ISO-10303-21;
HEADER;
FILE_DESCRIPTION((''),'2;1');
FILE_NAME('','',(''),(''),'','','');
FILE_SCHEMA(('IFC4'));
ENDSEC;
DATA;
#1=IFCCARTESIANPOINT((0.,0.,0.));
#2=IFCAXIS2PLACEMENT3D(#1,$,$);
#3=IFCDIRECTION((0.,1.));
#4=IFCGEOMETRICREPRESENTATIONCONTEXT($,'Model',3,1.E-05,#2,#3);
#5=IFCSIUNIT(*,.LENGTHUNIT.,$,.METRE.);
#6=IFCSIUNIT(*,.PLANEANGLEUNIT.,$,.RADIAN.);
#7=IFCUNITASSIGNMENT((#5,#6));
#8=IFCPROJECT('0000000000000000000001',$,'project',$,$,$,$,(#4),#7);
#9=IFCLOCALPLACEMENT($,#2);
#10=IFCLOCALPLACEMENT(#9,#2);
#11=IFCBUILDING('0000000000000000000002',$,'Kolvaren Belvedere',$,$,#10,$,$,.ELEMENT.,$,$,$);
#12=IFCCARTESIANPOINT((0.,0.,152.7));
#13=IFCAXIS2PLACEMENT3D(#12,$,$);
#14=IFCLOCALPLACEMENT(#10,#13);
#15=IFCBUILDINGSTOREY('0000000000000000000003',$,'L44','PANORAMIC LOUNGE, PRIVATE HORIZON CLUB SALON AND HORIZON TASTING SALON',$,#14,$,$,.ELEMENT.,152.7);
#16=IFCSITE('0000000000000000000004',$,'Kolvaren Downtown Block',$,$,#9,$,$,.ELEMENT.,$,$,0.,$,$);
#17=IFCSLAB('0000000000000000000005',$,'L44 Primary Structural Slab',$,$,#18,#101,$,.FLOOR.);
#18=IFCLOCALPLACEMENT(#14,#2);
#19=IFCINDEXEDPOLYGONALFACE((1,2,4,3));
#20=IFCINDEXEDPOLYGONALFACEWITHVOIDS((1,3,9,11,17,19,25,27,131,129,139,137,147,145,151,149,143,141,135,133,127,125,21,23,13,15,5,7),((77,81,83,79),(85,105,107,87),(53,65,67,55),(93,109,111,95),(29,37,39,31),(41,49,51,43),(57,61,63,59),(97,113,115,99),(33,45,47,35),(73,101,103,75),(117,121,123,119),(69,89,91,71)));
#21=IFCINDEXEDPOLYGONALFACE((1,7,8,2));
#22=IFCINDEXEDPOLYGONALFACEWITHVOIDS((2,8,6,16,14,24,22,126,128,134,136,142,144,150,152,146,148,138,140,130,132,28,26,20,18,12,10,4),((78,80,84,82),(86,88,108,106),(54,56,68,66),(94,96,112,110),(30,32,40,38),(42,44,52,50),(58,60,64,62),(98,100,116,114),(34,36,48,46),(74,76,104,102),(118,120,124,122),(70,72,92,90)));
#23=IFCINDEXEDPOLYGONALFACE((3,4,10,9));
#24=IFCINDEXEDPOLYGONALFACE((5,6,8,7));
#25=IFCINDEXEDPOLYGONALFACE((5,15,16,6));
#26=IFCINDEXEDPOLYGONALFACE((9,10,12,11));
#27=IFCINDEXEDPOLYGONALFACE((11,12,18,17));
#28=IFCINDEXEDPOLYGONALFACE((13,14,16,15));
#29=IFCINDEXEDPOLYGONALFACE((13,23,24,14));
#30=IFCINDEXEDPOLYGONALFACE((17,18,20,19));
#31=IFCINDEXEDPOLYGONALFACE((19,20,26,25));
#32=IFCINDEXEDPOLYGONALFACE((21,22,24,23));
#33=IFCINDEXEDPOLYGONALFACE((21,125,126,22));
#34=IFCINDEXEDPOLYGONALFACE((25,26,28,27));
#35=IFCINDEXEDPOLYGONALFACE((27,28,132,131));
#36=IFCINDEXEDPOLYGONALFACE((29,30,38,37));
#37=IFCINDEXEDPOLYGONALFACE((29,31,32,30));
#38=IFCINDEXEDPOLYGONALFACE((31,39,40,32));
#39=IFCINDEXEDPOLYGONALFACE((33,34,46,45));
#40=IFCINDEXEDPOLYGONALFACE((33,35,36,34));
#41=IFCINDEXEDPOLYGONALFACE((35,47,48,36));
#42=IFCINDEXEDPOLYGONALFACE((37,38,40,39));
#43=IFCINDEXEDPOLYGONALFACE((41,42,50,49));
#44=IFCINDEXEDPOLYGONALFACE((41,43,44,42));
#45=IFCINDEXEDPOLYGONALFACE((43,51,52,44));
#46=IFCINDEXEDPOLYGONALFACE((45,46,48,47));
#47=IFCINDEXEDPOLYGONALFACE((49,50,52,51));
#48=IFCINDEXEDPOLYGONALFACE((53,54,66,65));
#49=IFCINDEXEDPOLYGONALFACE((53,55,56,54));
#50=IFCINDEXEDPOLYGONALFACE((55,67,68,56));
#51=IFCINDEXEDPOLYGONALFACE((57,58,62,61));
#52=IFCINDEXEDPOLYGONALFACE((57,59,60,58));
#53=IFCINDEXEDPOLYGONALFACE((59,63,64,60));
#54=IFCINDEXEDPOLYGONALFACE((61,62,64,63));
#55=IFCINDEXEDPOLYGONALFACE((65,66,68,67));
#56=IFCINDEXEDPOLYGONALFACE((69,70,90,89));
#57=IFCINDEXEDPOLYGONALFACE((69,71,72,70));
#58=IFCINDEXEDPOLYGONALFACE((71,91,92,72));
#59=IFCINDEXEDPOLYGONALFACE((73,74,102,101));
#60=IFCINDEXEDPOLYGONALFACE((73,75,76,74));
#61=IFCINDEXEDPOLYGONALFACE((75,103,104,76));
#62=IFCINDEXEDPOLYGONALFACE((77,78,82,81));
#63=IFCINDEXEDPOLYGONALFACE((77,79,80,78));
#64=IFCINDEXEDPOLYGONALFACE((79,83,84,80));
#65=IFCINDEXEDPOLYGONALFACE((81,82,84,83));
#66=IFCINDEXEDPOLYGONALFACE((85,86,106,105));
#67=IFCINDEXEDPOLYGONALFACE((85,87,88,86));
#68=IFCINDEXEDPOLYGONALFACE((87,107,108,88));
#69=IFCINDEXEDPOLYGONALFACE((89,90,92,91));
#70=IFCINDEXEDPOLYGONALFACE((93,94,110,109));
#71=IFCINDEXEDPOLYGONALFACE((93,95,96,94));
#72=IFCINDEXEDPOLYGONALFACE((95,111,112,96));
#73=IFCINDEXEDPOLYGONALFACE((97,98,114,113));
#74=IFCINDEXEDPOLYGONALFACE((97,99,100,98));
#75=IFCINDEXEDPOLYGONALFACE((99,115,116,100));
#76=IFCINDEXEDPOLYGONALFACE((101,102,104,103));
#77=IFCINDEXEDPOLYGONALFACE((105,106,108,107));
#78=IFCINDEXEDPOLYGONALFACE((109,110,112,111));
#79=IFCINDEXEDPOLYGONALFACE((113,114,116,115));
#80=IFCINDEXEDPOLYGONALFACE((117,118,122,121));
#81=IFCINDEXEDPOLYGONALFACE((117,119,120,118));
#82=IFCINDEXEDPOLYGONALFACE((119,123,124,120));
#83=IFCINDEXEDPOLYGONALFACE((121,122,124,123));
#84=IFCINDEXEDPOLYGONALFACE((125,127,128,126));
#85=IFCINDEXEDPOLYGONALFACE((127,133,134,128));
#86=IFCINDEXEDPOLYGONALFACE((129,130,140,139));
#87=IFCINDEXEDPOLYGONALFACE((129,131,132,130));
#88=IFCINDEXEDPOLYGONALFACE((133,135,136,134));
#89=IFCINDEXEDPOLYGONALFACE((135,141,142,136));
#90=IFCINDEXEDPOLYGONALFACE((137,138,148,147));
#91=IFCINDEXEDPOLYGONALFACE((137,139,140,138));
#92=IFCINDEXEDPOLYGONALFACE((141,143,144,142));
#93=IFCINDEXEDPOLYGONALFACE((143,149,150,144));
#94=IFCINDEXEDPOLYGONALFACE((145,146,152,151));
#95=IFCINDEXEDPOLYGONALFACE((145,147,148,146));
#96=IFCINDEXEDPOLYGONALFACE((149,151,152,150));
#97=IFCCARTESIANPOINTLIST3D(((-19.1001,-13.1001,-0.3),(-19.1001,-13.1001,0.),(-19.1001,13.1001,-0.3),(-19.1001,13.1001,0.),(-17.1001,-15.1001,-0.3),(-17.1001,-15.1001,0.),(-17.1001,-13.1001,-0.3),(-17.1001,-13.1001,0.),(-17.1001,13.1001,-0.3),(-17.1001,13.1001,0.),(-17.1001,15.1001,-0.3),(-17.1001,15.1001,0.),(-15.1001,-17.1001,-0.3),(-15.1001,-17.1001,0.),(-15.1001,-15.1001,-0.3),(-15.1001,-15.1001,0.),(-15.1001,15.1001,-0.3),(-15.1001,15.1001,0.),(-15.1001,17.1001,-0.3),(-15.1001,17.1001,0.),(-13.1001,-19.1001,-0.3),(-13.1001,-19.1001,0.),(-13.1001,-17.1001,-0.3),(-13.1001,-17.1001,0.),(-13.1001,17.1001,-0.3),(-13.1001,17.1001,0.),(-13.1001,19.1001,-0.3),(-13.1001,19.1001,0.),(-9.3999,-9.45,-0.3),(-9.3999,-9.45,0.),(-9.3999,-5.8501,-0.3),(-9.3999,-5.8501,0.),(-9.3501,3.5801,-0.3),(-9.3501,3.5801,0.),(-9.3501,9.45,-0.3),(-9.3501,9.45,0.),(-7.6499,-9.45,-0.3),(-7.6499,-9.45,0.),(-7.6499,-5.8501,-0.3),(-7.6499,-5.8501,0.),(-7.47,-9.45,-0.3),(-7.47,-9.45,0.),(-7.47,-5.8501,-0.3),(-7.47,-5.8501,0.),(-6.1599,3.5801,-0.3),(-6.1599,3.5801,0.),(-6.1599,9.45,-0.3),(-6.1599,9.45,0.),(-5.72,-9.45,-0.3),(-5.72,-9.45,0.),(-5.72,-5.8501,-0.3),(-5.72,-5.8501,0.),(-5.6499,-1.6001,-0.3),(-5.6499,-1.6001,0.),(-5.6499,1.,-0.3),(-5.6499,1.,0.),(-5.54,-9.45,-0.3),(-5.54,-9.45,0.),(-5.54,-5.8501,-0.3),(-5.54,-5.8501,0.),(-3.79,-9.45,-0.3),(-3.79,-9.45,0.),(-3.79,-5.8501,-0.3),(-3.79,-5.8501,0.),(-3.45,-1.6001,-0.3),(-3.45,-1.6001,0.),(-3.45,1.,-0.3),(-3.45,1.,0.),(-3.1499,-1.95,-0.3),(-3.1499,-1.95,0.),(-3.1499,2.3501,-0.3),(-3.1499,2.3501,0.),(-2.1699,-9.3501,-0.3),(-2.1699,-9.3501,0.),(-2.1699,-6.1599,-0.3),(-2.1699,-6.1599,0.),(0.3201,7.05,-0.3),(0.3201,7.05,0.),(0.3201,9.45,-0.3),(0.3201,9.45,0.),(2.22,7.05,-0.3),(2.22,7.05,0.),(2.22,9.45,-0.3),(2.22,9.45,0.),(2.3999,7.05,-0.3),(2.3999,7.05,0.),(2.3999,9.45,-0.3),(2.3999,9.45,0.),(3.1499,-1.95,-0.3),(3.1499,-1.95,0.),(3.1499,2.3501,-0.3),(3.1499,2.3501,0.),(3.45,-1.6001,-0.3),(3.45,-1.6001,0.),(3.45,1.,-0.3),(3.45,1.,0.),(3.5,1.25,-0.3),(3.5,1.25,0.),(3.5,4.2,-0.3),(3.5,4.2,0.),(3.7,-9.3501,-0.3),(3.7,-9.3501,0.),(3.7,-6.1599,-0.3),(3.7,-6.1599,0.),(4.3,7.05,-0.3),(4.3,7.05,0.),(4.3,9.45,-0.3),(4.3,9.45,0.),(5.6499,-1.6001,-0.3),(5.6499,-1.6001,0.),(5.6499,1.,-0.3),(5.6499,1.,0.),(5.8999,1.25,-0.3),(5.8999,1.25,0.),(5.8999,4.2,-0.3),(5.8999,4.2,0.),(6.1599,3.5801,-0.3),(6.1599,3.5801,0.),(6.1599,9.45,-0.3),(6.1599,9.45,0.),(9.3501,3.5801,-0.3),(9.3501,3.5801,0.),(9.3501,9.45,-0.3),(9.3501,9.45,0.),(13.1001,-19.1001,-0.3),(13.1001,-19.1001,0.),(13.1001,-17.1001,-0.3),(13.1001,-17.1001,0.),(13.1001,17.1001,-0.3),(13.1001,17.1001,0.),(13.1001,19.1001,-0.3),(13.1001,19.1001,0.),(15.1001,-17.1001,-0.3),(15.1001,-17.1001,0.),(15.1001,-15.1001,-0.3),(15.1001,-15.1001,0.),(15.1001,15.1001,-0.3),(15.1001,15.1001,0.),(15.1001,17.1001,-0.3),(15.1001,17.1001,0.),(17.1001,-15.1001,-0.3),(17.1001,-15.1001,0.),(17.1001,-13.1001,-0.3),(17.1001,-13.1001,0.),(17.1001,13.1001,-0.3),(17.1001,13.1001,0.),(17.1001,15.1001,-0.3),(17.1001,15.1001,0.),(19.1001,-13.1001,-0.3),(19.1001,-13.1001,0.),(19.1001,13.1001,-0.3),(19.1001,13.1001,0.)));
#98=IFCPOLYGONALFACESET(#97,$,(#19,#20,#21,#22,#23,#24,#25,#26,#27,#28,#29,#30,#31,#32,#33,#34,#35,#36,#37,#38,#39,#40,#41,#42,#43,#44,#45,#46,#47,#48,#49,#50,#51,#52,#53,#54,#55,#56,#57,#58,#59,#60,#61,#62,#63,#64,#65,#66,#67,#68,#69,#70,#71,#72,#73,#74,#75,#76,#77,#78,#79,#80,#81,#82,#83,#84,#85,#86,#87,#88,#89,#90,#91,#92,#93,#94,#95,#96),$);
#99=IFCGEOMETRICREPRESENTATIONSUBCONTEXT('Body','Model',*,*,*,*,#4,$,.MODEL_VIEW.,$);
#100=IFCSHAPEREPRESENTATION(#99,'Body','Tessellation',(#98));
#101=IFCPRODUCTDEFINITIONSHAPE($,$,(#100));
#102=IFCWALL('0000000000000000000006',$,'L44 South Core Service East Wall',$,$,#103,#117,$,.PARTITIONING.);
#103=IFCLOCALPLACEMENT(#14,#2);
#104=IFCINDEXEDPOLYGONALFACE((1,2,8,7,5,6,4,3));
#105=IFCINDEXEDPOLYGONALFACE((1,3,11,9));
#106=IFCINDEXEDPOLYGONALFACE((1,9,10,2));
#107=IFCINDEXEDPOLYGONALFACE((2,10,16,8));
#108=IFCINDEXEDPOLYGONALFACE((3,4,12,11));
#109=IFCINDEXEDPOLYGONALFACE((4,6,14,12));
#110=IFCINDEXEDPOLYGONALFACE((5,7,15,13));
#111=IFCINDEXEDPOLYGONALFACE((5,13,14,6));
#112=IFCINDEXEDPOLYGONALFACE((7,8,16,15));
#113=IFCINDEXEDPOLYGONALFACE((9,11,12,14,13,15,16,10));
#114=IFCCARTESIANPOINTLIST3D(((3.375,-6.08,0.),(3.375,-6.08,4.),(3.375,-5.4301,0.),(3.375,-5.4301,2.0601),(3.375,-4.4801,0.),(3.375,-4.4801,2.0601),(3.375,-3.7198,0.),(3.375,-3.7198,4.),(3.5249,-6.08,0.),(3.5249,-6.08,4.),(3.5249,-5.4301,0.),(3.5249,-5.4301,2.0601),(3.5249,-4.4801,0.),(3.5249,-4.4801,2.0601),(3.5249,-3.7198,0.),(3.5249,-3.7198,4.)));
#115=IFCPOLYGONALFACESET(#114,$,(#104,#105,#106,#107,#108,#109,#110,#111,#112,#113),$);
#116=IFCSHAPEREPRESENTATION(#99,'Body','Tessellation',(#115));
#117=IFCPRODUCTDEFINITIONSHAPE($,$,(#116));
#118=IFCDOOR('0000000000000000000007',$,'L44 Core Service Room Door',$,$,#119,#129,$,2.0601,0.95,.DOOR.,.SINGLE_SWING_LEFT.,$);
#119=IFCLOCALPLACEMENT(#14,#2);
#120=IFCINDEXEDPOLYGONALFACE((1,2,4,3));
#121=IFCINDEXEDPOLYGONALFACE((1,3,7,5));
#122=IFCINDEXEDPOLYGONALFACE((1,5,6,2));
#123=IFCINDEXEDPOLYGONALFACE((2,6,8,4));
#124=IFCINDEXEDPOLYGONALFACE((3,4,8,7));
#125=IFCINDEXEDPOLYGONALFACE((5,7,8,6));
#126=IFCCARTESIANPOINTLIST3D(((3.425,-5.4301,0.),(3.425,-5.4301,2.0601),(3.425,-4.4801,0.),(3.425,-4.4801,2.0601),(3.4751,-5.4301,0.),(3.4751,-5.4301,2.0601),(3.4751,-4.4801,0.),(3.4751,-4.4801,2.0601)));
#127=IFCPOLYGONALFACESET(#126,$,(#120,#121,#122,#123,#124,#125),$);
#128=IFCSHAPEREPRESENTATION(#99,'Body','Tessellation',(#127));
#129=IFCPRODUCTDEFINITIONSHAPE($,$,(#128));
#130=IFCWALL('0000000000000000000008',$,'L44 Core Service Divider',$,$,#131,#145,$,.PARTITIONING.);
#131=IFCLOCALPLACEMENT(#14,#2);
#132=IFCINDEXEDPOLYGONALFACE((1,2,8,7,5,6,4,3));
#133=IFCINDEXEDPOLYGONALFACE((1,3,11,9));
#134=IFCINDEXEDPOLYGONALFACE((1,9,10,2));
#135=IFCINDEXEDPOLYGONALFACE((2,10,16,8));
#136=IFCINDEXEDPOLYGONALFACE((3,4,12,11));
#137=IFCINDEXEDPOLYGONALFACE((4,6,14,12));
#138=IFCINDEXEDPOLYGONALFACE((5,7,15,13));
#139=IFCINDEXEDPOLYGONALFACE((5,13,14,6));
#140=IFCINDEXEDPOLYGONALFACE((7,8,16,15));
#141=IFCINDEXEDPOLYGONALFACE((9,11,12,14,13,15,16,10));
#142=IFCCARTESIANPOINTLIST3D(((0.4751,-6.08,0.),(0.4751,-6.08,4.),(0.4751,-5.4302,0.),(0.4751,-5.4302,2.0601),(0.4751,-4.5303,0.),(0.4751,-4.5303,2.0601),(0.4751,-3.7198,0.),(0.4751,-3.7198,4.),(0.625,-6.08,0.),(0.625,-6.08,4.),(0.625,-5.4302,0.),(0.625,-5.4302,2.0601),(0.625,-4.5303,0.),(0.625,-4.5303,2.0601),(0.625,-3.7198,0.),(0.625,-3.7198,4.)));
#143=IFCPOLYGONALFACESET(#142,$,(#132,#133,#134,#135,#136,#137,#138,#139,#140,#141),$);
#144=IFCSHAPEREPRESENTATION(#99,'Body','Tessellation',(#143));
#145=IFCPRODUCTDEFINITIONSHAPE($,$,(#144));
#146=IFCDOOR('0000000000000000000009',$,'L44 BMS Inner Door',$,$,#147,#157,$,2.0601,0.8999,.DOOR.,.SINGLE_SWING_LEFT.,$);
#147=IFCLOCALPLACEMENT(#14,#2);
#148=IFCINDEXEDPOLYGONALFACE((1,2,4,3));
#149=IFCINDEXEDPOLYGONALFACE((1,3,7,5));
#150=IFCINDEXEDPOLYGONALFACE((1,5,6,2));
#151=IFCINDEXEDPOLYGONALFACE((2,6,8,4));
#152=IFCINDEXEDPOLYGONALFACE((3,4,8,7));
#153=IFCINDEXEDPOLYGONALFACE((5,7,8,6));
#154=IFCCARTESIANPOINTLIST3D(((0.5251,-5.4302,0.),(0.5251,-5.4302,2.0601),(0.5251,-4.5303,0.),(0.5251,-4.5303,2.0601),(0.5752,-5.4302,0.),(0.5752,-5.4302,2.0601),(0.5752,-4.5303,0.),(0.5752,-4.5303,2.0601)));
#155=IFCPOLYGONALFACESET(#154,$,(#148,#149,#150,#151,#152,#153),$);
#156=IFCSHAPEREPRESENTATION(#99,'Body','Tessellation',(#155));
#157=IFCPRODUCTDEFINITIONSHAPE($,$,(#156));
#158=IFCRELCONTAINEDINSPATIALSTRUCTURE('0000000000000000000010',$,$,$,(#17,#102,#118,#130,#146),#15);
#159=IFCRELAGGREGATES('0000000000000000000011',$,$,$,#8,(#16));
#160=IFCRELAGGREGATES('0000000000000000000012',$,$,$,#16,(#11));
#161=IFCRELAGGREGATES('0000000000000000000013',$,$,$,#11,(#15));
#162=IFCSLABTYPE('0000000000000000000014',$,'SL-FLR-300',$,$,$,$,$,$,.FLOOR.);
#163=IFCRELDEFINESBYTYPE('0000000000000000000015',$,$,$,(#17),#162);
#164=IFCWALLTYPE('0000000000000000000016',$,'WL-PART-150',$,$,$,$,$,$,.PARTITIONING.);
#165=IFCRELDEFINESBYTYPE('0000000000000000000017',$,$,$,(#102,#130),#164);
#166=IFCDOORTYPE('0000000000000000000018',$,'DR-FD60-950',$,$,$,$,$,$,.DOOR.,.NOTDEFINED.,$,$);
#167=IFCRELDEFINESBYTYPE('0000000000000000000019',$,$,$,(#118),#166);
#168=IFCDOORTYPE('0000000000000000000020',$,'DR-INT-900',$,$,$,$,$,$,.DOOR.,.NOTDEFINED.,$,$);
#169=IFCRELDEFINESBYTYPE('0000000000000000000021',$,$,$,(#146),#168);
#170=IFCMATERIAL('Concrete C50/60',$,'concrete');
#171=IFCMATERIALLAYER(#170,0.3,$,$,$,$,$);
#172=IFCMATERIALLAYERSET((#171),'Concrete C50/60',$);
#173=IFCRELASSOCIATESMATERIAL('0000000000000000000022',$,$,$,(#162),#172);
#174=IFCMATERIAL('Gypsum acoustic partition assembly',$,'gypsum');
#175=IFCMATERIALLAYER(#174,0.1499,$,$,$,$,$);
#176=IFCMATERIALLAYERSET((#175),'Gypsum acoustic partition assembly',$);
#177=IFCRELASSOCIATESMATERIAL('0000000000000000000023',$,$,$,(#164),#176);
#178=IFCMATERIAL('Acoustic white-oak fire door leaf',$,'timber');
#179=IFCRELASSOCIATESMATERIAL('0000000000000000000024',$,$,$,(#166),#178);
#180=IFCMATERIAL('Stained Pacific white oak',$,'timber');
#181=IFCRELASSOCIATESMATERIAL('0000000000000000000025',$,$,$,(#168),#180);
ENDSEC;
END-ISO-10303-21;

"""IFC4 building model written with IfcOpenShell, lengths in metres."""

from ifc_helpers import new_model, si_unit, direction, frame, frame_2d, origin, place, context, subcontext, project, spatial, polyline, rectangle, outline, extrude, material, layer, layer_set, type_object, element, fill, save


model = new_model("IFC4")

# Units and contexts
model_context = context("Model", 3, precision=1e-05, world=origin(), true_north=direction((0.0, 1.0)))
body_context = subcontext(model_context, "Body", "Model", "MODEL_VIEW")
ifc_project = project(units=[si_unit("LENGTHUNIT", "METRE"), si_unit("PLANEANGLEUNIT", "RADIAN")], contexts=[model_context])

# Site, building, storey
site_placement = place(None, origin())
site = spatial("IfcSite", under=ifc_project, at=site_placement, Name="Kolvaren Downtown Block", CompositionType="ELEMENT", RefElevation=0.0)
building_placement = place(site_placement, origin())
building = spatial("IfcBuilding", under=site, at=building_placement, Name="Kolvaren Belvedere", CompositionType="ELEMENT")
storey_placement = place(building_placement, frame((0.0, 0.0, 152.7)))
storey = spatial("IfcBuildingStorey", under=building, at=storey_placement, Name="L44", Description="PANORAMIC LOUNGE, PRIVATE HORIZON CLUB SALON AND HORIZON TASTING SALON", CompositionType="ELEMENT", Elevation=152.7)

# Slab
ifc_material_1 = material(Name="Concrete C50/60", Category="concrete")
ifc_layer_1 = layer(ifc_material_1, 0.3)
ifc_layer_set_1 = layer_set([ifc_layer_1], Name="Concrete C50/60")
slab_type_1 = type_object("IfcSlabType", Name="SL-FLR-300", PredefinedType="FLOOR", material=ifc_layer_set_1)
slab_1_placement = place(storey_placement, frame((0.0, 0.0, -0.3)))
element("IfcSlab", 1, at=slab_1_placement, inside=storey, type_object=slab_type_1, Name="L44 Primary Structural Slab", PredefinedType="FLOOR", context=body_context, shape_type="SweptSolid", body=[
    extrude(outline(polyline([(-13.1001, -19.1001), (13.1001, -19.1001), (13.1001, -17.1001), (15.1001, -17.1001), (15.1001, -15.1001), (17.1001, -15.1001), (17.1001, -13.1001), (19.1001, -13.1001), (19.1001, 13.1001), (17.1001, 13.1001), (17.1001, 15.1001), (15.1001, 15.1001), (15.1001, 17.1001), (13.1001, 17.1001), (13.1001, 19.1001), (-13.1001, 19.1001), (-13.1001, 17.1001), (-15.1001, 17.1001), (-15.1001, 15.1001), (-17.1001, 15.1001), (-17.1001, 13.1001), (-19.1001, 13.1001), (-19.1001, -13.1001), (-17.1001, -13.1001), (-17.1001, -15.1001), (-15.1001, -15.1001), (-15.1001, -17.1001), (-13.1001, -17.1001), (-13.1001, -19.1001)]), holes=[polyline([(-9.3501, 3.5801), (-6.1599, 3.5801), (-6.1599, 9.45), (-9.3501, 9.45), (-9.3501, 3.5801)]), polyline([(6.1599, 3.5801), (9.3501, 3.5801), (9.3501, 9.45), (6.1599, 9.45), (6.1599, 3.5801)]), polyline([(-2.1699, -9.3501), (3.7, -9.3501), (3.7, -6.1599), (-2.1699, -6.1599), (-2.1699, -9.3501)]), polyline([(-5.6499, -1.6001), (-3.45, -1.6001), (-3.45, 1.0), (-5.6499, 1.0), (-5.6499, -1.6001)]), polyline([(3.5, 1.25), (5.8999, 1.25), (5.8999, 4.2), (3.5, 4.2), (3.5, 1.25)]), polyline([(3.45, -1.6001), (5.6499, -1.6001), (5.6499, 1.0), (3.45, 1.0), (3.45, -1.6001)]), polyline([(-9.3999, -9.45), (-7.6499, -9.45), (-7.6499, -5.8501), (-9.3999, -5.8501), (-9.3999, -9.45)]), polyline([(-7.47, -9.45), (-5.72, -9.45), (-5.72, -5.8501), (-7.47, -5.8501), (-7.47, -9.45)]), polyline([(-5.54, -9.45), (-3.79, -9.45), (-3.79, -5.8501), (-5.54, -5.8501), (-5.54, -9.45)]), polyline([(0.3201, 7.05), (2.22, 7.05), (2.22, 9.45), (0.3201, 9.45), (0.3201, 7.05)]), polyline([(2.3999, 7.05), (4.3, 7.05), (4.3, 9.45), (2.3999, 9.45), (2.3999, 7.05)]), polyline([(-3.1499, -1.95), (3.1499, -1.95), (3.1499, 2.3501), (-3.1499, 2.3501), (-3.1499, -1.95)])]), origin(), (0.0, 0.0, 1.0), 0.3),
])

# Walls, openings, doors
ifc_material_2 = material(Name="Gypsum acoustic partition assembly", Category="gypsum")
ifc_layer_2 = layer(ifc_material_2, 0.1499)
ifc_layer_set_2 = layer_set([ifc_layer_2], Name="Gypsum acoustic partition assembly")
wall_type_1 = type_object("IfcWallType", Name="WL-PART-150", PredefinedType="PARTITIONING", material=ifc_layer_set_2)
wall_1_placement = place(storey_placement, frame((3.45, -6.0801, 0.0), z_axis=(0.0, 0.0, 1.0), x_axis=(0.0, 1.0, 0.0)))
wall_1 = element("IfcWall", 2, at=wall_1_placement, inside=storey, type_object=wall_type_1, Name="L44 South Core Service East Wall", PredefinedType="PARTITIONING", context=body_context, shape_type="SweptSolid", body=[
    extrude(rectangle(XDim=2.3601, YDim=0.1499, at=frame_2d((1.1802, 0.0))), origin(), (0.0, 0.0, 1.0), 4.0),
])
opening_1_placement = place(wall_1_placement, frame((0.6499, 0.0, 0.0)))
opening_1 = element("IfcOpeningElement", 3, at=opening_1_placement, cuts=wall_1, PredefinedType="OPENING", context=body_context, shape_type="SweptSolid", body=[
    extrude(rectangle(XDim=0.95, YDim=2.0601, at=frame_2d((0.4751, 1.03))), frame((0.0, 0.085, 0.0), z_axis=(0.0, -1.0, 0.0), x_axis=(1.0, 0.0, 0.0)), (0.0, 0.0, 1.0), 0.1699),
])
ifc_material_3 = material(Name="Acoustic white-oak fire door leaf", Category="timber")
door_type_1 = type_object("IfcDoorType", Name="DR-FD60-950", OperationType="NOTDEFINED", PredefinedType="DOOR", material=ifc_material_3)
door_1_placement = place(opening_1_placement, origin())
door_1 = element("IfcDoor", 4, at=door_1_placement, inside=storey, type_object=door_type_1, Name="L44 Core Service Room Door", OperationType="SINGLE_SWING_LEFT", OverallHeight=2.0601, OverallWidth=0.95, PredefinedType="DOOR", context=body_context, shape_type="SweptSolid", body=[
    extrude(rectangle(XDim=0.95, YDim=2.0601, at=frame_2d((0.4751, 1.03))), frame((0.0, 0.0249, 0.0), z_axis=(0.0, -1.0, 0.0), x_axis=(1.0, 0.0, 0.0)), (0.0, 0.0, 1.0), 0.05),
])
fill(opening_1, door_1)
wall_2_placement = place(storey_placement, frame((0.55, -6.0801, 0.0), z_axis=(0.0, 0.0, 1.0), x_axis=(0.0, 1.0, 0.0)))
wall_2 = element("IfcWall", 5, at=wall_2_placement, inside=storey, type_object=wall_type_1, Name="L44 Core Service Divider", PredefinedType="PARTITIONING", context=body_context, shape_type="SweptSolid", body=[
    extrude(rectangle(XDim=2.3601, YDim=0.1499, at=frame_2d((1.1802, 0.0))), origin(), (0.0, 0.0, 1.0), 4.0),
])
opening_2_placement = place(wall_2_placement, frame((0.6499, 0.0, 0.0)))
opening_2 = element("IfcOpeningElement", 6, at=opening_2_placement, cuts=wall_2, PredefinedType="OPENING", context=body_context, shape_type="SweptSolid", body=[
    extrude(rectangle(XDim=0.8999, YDim=2.0601, at=frame_2d((0.45, 1.03))), frame((0.0, 0.085, 0.0), z_axis=(0.0, -1.0, 0.0), x_axis=(1.0, 0.0, 0.0)), (0.0, 0.0, 1.0), 0.1699),
])
ifc_material_4 = material(Name="Stained Pacific white oak", Category="timber")
door_type_2 = type_object("IfcDoorType", Name="DR-INT-900", OperationType="NOTDEFINED", PredefinedType="DOOR", material=ifc_material_4)
door_2_placement = place(opening_2_placement, origin())
door_2 = element("IfcDoor", 7, at=door_2_placement, inside=storey, type_object=door_type_2, Name="L44 BMS Inner Door", OperationType="SINGLE_SWING_LEFT", OverallHeight=2.0601, OverallWidth=0.8999, PredefinedType="DOOR", context=body_context, shape_type="SweptSolid", body=[
    extrude(rectangle(XDim=0.8999, YDim=2.0601, at=frame_2d((0.45, 1.03))), frame((0.0, 0.0249, 0.0), z_axis=(0.0, -1.0, 0.0), x_axis=(1.0, 0.0, 0.0)), (0.0, 0.0, 1.0), 0.05),
])
fill(opening_2, door_2)

save(model, "model.ifc")
